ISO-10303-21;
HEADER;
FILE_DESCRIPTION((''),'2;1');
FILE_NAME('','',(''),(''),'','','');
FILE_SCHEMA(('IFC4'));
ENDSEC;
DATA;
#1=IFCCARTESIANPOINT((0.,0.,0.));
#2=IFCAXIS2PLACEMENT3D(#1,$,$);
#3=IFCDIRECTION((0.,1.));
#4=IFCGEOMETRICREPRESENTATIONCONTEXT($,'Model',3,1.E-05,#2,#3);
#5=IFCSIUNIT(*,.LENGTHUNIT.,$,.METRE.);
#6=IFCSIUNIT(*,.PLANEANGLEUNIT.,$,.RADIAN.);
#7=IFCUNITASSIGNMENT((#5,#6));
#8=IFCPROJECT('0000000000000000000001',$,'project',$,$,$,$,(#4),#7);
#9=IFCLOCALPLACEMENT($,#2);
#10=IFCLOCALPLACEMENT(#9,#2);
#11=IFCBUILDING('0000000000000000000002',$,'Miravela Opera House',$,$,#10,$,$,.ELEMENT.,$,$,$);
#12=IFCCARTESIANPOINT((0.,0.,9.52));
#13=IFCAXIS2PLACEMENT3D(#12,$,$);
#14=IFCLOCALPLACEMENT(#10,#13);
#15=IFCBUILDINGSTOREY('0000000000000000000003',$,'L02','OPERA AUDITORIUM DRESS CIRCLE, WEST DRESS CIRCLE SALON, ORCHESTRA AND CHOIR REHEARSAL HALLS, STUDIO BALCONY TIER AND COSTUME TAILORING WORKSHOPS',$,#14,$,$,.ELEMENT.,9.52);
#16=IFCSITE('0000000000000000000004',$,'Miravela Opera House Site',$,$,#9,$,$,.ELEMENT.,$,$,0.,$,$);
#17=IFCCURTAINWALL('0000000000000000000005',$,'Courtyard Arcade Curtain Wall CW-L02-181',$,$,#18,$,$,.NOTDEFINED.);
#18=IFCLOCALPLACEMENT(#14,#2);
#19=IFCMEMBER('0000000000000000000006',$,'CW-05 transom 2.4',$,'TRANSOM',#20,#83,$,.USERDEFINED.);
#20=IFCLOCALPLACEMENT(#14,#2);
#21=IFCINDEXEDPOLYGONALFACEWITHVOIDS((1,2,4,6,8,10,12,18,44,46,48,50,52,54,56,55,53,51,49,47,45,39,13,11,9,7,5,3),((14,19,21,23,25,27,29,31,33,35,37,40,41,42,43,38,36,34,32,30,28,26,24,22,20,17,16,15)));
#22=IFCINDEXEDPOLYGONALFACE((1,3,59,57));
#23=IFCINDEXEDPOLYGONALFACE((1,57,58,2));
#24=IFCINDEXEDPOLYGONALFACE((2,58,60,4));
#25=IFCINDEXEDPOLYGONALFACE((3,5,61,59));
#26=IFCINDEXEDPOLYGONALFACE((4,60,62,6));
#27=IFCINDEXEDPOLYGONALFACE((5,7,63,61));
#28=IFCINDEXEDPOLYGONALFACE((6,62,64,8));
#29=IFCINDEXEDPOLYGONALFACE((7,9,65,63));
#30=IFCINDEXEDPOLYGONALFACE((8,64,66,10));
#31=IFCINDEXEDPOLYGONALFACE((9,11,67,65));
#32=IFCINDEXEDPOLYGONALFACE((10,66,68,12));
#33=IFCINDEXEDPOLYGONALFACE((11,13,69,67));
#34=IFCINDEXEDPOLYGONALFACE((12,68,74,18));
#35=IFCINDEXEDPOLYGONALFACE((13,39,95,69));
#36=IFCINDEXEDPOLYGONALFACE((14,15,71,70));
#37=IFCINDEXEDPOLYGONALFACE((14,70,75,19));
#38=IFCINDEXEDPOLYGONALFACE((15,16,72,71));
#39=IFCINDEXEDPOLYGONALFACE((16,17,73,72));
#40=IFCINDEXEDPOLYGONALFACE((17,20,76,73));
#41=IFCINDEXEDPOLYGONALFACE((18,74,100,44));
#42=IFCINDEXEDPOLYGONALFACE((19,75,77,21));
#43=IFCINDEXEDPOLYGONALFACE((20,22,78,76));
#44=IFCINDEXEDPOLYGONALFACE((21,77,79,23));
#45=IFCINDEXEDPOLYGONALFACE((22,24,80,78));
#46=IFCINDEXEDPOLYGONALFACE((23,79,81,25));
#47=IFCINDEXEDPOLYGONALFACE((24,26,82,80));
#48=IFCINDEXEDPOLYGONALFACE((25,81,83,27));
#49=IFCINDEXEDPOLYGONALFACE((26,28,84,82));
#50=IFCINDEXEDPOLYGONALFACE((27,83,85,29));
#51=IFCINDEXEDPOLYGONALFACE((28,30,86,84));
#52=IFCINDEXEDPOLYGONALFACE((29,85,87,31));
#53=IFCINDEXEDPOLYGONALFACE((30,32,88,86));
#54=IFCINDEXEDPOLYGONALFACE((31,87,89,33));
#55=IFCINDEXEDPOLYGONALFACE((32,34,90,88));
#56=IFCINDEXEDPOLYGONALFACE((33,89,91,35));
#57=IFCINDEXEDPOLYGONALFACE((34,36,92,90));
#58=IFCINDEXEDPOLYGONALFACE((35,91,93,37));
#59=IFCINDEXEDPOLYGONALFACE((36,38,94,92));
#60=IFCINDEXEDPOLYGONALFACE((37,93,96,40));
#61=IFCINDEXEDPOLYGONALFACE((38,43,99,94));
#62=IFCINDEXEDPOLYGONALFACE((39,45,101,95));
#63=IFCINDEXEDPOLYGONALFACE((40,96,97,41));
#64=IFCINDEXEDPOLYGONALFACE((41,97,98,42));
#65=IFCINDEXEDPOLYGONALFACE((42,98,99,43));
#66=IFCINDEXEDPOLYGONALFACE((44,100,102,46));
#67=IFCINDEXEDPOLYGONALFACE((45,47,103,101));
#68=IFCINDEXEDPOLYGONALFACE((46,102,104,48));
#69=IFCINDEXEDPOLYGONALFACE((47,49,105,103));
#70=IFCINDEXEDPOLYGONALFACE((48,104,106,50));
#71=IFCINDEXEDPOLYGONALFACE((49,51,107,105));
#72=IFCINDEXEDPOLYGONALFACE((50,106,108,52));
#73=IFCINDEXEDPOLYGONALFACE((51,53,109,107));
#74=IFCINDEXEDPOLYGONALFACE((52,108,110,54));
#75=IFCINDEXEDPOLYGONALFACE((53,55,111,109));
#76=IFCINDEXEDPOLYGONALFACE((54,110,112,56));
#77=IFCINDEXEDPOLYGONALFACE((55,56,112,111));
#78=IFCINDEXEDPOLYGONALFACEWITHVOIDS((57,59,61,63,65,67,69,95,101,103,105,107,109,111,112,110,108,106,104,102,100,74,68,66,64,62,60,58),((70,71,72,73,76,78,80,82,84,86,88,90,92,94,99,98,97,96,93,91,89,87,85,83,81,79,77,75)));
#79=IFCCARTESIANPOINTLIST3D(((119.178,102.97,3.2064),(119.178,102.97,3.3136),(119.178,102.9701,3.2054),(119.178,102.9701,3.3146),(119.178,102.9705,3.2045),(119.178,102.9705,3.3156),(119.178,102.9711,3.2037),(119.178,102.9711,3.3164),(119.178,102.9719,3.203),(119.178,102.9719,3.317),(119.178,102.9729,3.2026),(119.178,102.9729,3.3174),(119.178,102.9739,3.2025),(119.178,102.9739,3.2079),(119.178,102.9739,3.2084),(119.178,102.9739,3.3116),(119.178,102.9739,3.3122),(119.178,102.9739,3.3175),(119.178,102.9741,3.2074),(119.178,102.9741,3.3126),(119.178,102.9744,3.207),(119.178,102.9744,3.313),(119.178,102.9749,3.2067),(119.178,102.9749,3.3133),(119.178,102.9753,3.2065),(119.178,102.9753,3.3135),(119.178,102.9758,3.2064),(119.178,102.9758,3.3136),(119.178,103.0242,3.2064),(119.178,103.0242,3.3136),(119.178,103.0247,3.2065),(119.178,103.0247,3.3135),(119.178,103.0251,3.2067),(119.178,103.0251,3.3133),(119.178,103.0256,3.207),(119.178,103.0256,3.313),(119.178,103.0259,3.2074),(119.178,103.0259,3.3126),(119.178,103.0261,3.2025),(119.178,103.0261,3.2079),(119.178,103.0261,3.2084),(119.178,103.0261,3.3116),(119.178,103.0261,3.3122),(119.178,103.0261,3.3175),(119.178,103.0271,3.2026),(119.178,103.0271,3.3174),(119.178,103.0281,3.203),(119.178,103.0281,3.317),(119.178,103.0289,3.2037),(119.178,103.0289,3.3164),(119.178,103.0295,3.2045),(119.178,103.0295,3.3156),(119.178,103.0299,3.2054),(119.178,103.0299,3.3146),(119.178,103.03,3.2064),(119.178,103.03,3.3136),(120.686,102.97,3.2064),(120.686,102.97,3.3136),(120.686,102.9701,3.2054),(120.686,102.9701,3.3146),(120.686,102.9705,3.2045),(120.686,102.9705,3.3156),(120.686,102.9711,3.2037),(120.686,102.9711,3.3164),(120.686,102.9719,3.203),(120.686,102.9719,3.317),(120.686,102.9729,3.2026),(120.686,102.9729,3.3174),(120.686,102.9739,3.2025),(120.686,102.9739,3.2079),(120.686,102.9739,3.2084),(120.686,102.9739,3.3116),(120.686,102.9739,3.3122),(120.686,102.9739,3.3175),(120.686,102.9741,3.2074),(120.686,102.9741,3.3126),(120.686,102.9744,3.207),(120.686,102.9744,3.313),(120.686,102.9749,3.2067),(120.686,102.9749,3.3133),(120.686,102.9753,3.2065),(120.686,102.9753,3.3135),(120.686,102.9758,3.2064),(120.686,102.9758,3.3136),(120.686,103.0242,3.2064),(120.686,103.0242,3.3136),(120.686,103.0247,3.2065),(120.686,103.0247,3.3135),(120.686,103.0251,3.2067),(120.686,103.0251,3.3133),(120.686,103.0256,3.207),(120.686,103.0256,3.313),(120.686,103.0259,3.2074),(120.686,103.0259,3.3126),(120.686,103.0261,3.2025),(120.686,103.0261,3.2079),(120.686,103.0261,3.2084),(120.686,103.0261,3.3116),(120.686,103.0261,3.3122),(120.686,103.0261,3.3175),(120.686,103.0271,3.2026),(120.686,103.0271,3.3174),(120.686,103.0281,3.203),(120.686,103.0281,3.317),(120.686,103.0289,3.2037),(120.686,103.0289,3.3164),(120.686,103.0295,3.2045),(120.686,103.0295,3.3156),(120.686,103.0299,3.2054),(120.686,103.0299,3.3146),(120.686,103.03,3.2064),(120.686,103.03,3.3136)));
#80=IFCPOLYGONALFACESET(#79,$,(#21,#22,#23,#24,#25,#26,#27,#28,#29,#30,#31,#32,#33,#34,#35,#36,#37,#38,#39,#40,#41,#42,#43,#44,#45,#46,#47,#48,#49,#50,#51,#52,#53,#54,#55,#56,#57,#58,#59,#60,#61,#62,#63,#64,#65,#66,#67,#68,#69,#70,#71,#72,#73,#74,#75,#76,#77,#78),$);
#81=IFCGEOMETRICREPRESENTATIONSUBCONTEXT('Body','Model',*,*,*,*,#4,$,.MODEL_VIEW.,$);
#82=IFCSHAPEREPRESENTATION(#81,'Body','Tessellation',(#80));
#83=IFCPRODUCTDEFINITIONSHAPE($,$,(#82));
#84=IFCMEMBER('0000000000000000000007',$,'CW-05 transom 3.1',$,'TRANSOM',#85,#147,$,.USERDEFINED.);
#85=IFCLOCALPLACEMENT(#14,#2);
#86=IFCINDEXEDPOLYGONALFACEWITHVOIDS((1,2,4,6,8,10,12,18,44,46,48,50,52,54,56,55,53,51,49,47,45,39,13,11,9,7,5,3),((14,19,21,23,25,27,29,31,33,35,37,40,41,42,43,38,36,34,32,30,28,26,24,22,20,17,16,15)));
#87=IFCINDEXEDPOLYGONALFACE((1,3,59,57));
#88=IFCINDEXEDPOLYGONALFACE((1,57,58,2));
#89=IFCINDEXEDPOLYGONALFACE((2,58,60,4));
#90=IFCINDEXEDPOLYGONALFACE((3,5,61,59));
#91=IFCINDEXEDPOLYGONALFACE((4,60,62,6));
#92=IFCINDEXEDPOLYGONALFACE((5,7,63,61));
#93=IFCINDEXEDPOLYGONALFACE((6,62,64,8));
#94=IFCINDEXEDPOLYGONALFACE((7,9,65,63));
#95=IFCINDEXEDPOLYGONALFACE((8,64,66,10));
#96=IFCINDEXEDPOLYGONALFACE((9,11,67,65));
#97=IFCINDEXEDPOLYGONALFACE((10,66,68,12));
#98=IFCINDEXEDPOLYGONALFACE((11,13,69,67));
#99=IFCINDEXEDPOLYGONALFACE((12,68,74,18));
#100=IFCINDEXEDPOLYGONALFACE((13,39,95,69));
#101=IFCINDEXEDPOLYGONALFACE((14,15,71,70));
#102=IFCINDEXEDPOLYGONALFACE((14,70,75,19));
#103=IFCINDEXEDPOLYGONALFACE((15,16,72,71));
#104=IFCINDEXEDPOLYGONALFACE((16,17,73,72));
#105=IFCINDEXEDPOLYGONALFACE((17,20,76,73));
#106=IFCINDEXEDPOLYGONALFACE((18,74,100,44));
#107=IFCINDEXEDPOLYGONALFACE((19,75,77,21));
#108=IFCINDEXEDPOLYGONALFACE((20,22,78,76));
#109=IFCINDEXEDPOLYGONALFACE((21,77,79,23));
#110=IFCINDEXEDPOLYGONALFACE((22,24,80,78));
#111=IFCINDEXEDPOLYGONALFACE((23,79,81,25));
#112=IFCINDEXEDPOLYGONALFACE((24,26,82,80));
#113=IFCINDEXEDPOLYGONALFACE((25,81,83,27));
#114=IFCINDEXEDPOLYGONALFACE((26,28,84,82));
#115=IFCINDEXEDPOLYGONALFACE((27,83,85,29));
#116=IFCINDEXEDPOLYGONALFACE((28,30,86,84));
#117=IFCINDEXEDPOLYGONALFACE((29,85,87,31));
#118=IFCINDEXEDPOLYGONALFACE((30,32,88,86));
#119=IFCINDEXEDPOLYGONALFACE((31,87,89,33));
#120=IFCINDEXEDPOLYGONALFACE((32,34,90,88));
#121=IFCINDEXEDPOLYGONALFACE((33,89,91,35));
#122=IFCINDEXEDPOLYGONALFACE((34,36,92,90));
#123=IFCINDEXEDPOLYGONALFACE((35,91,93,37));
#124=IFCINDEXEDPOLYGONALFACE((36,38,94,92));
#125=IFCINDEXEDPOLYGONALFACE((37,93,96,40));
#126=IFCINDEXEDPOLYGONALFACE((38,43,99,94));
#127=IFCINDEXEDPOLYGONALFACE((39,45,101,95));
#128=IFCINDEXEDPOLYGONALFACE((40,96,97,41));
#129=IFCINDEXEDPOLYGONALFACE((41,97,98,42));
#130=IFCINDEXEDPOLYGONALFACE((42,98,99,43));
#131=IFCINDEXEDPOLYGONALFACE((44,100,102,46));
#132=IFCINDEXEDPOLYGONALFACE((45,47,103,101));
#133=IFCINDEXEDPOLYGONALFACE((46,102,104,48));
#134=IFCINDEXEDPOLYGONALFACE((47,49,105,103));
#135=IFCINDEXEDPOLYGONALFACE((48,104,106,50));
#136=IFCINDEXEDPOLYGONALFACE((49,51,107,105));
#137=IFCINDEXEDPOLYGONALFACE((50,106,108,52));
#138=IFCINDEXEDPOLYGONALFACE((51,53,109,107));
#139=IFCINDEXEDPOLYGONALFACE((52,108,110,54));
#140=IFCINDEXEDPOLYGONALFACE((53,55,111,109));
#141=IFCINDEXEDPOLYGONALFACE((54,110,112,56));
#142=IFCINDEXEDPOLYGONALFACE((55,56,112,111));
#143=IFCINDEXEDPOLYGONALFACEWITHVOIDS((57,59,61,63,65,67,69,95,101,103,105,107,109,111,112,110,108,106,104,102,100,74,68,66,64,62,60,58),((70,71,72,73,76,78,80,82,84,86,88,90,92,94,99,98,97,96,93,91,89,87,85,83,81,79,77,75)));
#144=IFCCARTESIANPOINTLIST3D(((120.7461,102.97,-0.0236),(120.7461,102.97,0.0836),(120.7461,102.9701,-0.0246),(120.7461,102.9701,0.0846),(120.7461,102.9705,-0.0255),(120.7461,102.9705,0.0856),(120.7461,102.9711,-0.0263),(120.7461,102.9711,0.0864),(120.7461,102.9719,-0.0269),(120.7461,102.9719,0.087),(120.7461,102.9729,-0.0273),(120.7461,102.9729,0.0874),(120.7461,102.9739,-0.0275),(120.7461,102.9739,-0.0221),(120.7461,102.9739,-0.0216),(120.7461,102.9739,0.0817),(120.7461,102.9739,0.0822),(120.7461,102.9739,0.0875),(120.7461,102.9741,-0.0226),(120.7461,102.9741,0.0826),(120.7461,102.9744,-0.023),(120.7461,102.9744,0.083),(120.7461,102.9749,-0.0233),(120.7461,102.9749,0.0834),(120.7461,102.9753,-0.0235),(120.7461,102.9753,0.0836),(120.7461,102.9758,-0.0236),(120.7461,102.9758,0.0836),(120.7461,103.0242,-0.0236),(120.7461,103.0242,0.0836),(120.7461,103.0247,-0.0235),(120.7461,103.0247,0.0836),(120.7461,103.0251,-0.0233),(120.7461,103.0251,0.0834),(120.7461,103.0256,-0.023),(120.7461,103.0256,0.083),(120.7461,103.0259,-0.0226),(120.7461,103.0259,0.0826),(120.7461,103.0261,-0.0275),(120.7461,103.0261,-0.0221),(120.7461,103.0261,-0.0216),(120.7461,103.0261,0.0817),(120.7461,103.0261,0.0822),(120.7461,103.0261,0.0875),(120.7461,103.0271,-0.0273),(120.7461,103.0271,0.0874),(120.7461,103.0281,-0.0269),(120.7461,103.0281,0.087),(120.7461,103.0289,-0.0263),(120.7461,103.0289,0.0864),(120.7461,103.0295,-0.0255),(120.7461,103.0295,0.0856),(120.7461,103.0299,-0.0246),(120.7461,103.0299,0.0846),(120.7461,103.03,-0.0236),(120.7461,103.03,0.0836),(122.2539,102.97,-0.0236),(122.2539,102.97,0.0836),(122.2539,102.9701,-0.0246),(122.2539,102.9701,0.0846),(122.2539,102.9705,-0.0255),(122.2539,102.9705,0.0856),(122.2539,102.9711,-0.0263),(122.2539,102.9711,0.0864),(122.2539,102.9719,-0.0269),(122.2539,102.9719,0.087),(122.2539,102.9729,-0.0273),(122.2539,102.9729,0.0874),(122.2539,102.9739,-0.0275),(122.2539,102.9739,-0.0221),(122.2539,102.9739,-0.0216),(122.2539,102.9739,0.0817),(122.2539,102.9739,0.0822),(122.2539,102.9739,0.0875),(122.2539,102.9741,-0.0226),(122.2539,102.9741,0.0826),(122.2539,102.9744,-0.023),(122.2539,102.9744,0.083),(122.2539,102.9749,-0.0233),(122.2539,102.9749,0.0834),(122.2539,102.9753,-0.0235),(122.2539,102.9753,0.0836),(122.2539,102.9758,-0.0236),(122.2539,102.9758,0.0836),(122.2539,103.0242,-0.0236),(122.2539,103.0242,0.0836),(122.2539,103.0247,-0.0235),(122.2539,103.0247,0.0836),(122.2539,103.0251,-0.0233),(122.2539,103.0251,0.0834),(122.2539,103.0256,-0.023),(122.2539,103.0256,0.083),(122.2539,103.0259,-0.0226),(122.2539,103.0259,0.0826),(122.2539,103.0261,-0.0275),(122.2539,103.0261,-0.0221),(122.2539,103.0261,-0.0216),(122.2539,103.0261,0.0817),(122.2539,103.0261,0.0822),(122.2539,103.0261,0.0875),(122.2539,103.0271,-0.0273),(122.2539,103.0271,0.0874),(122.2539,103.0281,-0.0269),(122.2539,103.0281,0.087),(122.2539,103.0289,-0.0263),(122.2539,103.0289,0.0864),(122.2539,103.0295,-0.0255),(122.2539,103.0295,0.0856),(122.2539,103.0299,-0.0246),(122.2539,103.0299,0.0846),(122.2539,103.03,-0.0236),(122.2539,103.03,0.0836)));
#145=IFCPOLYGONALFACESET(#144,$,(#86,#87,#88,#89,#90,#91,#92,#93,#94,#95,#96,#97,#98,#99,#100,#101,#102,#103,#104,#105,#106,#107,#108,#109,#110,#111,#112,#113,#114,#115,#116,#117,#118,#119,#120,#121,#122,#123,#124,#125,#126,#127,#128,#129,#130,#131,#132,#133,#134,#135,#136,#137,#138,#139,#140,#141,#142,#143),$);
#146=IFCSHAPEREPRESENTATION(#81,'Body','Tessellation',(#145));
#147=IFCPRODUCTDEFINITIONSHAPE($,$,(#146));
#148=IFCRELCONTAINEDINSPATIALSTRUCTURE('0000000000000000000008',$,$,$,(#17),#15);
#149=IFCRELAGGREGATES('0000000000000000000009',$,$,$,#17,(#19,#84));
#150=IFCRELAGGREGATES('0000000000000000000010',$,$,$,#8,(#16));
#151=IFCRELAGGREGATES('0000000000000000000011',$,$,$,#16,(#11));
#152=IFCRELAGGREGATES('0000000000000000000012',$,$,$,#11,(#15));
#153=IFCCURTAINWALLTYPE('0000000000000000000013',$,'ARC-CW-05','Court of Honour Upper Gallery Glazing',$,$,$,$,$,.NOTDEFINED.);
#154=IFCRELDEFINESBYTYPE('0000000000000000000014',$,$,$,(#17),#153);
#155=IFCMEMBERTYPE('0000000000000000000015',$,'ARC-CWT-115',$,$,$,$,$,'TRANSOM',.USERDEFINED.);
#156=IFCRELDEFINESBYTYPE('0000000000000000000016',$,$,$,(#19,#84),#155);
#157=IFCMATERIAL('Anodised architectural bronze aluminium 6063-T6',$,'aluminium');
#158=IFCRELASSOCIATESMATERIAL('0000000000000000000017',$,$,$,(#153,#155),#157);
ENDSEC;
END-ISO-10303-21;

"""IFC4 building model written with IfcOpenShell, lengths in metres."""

from ifc_helpers import new_model, si_unit, direction, frame, origin, origin_2d, place, context, subcontext, project, spatial, hollow_rectangle, extrude, material, material_profile, profile_set, type_object, element, aggregate, save


model = new_model("IFC4")

# Units and contexts
model_context = context("Model", 3, precision=1e-05, world=origin(), true_north=direction((0.0, 1.0)))
body_context = subcontext(model_context, "Body", "Model", "MODEL_VIEW")
ifc_project = project(units=[si_unit("LENGTHUNIT", "METRE"), si_unit("PLANEANGLEUNIT", "RADIAN")], contexts=[model_context])

# Site, building, storey
site_placement = place(None, origin())
site = spatial("IfcSite", under=ifc_project, at=site_placement, Name="Miravela Opera House Site", CompositionType="ELEMENT", RefElevation=0.0)
building_placement = place(site_placement, origin())
building = spatial("IfcBuilding", under=site, at=building_placement, Name="Miravela Opera House", CompositionType="ELEMENT")
storey_placement = place(building_placement, frame((0.0, 0.0, 9.52)))
storey = spatial("IfcBuildingStorey", under=building, at=storey_placement, Name="L02", Description="OPERA AUDITORIUM DRESS CIRCLE, WEST DRESS CIRCLE SALON, ORCHESTRA AND CHOIR REHEARSAL HALLS, STUDIO BALCONY TIER AND COSTUME TAILORING WORKSHOPS", CompositionType="ELEMENT", Elevation=9.52)

# Curtain wall, members
ifc_material_1 = material(Name="Anodised architectural bronze aluminium 6063-T6", Category="aluminium")
curtain_wall_type = type_object("IfcCurtainWallType", Name="ARC-CW-05", Description="Court of Honour Upper Gallery Glazing", PredefinedType="NOTDEFINED", material=ifc_material_1)
curtain_wall_placement = place(storey_placement, origin())
curtain_wall = element("IfcCurtainWall", 1, at=curtain_wall_placement, inside=storey, type_object=curtain_wall_type, Name="Courtyard Arcade Curtain Wall CW-L02-181", PredefinedType="NOTDEFINED")
ifc_material_profile_1 = material_profile(ifc_material_1, hollow_rectangle(XDim=0.0601, YDim=0.115, WallThickness=0.0039, InnerFilletRadius=0.002, OuterFilletRadius=0.0039, at=origin_2d()), Name="CWT-60X115")
ifc_profile_set_1 = profile_set([ifc_material_profile_1])
member_type_1 = type_object("IfcMemberType", Name="ARC-CWT-115", ElementType="TRANSOM", PredefinedType="USERDEFINED", material=ifc_profile_set_1)
member_1_placement = place(storey_placement, frame((119.178, 103.0, 3.26), z_axis=(1.0, 0.0, 0.0), x_axis=(0.0, 1.0, 0.0)))
member_1 = element("IfcMember", 2, at=member_1_placement, type_object=member_type_1, Name="CW-05 transom 2.4", ObjectType="TRANSOM", PredefinedType="USERDEFINED", context=body_context, shape_type="SweptSolid", body=[
    extrude(hollow_rectangle(XDim=0.0601, YDim=0.115, WallThickness=0.0039, InnerFilletRadius=0.002, OuterFilletRadius=0.0039, at=origin_2d()), origin(), (0.0, 0.0, 1.0), 1.5081),
])
member_2_placement = place(storey_placement, frame((120.7461, 103.0, 0.03), z_axis=(1.0, 0.0, 0.0), x_axis=(0.0, 1.0, 0.0)))
member_2 = element("IfcMember", 3, at=member_2_placement, type_object=member_type_1, Name="CW-05 transom 3.1", ObjectType="TRANSOM", PredefinedType="USERDEFINED", context=body_context, shape_type="SweptSolid", body=[
    extrude(hollow_rectangle(XDim=0.0601, YDim=0.115, WallThickness=0.0039, InnerFilletRadius=0.002, OuterFilletRadius=0.0039, at=origin_2d()), origin(), (0.0, 0.0, 1.0), 1.5078),
])

aggregate(curtain_wall, [member_1, member_2])

save(model, "model.ifc")
